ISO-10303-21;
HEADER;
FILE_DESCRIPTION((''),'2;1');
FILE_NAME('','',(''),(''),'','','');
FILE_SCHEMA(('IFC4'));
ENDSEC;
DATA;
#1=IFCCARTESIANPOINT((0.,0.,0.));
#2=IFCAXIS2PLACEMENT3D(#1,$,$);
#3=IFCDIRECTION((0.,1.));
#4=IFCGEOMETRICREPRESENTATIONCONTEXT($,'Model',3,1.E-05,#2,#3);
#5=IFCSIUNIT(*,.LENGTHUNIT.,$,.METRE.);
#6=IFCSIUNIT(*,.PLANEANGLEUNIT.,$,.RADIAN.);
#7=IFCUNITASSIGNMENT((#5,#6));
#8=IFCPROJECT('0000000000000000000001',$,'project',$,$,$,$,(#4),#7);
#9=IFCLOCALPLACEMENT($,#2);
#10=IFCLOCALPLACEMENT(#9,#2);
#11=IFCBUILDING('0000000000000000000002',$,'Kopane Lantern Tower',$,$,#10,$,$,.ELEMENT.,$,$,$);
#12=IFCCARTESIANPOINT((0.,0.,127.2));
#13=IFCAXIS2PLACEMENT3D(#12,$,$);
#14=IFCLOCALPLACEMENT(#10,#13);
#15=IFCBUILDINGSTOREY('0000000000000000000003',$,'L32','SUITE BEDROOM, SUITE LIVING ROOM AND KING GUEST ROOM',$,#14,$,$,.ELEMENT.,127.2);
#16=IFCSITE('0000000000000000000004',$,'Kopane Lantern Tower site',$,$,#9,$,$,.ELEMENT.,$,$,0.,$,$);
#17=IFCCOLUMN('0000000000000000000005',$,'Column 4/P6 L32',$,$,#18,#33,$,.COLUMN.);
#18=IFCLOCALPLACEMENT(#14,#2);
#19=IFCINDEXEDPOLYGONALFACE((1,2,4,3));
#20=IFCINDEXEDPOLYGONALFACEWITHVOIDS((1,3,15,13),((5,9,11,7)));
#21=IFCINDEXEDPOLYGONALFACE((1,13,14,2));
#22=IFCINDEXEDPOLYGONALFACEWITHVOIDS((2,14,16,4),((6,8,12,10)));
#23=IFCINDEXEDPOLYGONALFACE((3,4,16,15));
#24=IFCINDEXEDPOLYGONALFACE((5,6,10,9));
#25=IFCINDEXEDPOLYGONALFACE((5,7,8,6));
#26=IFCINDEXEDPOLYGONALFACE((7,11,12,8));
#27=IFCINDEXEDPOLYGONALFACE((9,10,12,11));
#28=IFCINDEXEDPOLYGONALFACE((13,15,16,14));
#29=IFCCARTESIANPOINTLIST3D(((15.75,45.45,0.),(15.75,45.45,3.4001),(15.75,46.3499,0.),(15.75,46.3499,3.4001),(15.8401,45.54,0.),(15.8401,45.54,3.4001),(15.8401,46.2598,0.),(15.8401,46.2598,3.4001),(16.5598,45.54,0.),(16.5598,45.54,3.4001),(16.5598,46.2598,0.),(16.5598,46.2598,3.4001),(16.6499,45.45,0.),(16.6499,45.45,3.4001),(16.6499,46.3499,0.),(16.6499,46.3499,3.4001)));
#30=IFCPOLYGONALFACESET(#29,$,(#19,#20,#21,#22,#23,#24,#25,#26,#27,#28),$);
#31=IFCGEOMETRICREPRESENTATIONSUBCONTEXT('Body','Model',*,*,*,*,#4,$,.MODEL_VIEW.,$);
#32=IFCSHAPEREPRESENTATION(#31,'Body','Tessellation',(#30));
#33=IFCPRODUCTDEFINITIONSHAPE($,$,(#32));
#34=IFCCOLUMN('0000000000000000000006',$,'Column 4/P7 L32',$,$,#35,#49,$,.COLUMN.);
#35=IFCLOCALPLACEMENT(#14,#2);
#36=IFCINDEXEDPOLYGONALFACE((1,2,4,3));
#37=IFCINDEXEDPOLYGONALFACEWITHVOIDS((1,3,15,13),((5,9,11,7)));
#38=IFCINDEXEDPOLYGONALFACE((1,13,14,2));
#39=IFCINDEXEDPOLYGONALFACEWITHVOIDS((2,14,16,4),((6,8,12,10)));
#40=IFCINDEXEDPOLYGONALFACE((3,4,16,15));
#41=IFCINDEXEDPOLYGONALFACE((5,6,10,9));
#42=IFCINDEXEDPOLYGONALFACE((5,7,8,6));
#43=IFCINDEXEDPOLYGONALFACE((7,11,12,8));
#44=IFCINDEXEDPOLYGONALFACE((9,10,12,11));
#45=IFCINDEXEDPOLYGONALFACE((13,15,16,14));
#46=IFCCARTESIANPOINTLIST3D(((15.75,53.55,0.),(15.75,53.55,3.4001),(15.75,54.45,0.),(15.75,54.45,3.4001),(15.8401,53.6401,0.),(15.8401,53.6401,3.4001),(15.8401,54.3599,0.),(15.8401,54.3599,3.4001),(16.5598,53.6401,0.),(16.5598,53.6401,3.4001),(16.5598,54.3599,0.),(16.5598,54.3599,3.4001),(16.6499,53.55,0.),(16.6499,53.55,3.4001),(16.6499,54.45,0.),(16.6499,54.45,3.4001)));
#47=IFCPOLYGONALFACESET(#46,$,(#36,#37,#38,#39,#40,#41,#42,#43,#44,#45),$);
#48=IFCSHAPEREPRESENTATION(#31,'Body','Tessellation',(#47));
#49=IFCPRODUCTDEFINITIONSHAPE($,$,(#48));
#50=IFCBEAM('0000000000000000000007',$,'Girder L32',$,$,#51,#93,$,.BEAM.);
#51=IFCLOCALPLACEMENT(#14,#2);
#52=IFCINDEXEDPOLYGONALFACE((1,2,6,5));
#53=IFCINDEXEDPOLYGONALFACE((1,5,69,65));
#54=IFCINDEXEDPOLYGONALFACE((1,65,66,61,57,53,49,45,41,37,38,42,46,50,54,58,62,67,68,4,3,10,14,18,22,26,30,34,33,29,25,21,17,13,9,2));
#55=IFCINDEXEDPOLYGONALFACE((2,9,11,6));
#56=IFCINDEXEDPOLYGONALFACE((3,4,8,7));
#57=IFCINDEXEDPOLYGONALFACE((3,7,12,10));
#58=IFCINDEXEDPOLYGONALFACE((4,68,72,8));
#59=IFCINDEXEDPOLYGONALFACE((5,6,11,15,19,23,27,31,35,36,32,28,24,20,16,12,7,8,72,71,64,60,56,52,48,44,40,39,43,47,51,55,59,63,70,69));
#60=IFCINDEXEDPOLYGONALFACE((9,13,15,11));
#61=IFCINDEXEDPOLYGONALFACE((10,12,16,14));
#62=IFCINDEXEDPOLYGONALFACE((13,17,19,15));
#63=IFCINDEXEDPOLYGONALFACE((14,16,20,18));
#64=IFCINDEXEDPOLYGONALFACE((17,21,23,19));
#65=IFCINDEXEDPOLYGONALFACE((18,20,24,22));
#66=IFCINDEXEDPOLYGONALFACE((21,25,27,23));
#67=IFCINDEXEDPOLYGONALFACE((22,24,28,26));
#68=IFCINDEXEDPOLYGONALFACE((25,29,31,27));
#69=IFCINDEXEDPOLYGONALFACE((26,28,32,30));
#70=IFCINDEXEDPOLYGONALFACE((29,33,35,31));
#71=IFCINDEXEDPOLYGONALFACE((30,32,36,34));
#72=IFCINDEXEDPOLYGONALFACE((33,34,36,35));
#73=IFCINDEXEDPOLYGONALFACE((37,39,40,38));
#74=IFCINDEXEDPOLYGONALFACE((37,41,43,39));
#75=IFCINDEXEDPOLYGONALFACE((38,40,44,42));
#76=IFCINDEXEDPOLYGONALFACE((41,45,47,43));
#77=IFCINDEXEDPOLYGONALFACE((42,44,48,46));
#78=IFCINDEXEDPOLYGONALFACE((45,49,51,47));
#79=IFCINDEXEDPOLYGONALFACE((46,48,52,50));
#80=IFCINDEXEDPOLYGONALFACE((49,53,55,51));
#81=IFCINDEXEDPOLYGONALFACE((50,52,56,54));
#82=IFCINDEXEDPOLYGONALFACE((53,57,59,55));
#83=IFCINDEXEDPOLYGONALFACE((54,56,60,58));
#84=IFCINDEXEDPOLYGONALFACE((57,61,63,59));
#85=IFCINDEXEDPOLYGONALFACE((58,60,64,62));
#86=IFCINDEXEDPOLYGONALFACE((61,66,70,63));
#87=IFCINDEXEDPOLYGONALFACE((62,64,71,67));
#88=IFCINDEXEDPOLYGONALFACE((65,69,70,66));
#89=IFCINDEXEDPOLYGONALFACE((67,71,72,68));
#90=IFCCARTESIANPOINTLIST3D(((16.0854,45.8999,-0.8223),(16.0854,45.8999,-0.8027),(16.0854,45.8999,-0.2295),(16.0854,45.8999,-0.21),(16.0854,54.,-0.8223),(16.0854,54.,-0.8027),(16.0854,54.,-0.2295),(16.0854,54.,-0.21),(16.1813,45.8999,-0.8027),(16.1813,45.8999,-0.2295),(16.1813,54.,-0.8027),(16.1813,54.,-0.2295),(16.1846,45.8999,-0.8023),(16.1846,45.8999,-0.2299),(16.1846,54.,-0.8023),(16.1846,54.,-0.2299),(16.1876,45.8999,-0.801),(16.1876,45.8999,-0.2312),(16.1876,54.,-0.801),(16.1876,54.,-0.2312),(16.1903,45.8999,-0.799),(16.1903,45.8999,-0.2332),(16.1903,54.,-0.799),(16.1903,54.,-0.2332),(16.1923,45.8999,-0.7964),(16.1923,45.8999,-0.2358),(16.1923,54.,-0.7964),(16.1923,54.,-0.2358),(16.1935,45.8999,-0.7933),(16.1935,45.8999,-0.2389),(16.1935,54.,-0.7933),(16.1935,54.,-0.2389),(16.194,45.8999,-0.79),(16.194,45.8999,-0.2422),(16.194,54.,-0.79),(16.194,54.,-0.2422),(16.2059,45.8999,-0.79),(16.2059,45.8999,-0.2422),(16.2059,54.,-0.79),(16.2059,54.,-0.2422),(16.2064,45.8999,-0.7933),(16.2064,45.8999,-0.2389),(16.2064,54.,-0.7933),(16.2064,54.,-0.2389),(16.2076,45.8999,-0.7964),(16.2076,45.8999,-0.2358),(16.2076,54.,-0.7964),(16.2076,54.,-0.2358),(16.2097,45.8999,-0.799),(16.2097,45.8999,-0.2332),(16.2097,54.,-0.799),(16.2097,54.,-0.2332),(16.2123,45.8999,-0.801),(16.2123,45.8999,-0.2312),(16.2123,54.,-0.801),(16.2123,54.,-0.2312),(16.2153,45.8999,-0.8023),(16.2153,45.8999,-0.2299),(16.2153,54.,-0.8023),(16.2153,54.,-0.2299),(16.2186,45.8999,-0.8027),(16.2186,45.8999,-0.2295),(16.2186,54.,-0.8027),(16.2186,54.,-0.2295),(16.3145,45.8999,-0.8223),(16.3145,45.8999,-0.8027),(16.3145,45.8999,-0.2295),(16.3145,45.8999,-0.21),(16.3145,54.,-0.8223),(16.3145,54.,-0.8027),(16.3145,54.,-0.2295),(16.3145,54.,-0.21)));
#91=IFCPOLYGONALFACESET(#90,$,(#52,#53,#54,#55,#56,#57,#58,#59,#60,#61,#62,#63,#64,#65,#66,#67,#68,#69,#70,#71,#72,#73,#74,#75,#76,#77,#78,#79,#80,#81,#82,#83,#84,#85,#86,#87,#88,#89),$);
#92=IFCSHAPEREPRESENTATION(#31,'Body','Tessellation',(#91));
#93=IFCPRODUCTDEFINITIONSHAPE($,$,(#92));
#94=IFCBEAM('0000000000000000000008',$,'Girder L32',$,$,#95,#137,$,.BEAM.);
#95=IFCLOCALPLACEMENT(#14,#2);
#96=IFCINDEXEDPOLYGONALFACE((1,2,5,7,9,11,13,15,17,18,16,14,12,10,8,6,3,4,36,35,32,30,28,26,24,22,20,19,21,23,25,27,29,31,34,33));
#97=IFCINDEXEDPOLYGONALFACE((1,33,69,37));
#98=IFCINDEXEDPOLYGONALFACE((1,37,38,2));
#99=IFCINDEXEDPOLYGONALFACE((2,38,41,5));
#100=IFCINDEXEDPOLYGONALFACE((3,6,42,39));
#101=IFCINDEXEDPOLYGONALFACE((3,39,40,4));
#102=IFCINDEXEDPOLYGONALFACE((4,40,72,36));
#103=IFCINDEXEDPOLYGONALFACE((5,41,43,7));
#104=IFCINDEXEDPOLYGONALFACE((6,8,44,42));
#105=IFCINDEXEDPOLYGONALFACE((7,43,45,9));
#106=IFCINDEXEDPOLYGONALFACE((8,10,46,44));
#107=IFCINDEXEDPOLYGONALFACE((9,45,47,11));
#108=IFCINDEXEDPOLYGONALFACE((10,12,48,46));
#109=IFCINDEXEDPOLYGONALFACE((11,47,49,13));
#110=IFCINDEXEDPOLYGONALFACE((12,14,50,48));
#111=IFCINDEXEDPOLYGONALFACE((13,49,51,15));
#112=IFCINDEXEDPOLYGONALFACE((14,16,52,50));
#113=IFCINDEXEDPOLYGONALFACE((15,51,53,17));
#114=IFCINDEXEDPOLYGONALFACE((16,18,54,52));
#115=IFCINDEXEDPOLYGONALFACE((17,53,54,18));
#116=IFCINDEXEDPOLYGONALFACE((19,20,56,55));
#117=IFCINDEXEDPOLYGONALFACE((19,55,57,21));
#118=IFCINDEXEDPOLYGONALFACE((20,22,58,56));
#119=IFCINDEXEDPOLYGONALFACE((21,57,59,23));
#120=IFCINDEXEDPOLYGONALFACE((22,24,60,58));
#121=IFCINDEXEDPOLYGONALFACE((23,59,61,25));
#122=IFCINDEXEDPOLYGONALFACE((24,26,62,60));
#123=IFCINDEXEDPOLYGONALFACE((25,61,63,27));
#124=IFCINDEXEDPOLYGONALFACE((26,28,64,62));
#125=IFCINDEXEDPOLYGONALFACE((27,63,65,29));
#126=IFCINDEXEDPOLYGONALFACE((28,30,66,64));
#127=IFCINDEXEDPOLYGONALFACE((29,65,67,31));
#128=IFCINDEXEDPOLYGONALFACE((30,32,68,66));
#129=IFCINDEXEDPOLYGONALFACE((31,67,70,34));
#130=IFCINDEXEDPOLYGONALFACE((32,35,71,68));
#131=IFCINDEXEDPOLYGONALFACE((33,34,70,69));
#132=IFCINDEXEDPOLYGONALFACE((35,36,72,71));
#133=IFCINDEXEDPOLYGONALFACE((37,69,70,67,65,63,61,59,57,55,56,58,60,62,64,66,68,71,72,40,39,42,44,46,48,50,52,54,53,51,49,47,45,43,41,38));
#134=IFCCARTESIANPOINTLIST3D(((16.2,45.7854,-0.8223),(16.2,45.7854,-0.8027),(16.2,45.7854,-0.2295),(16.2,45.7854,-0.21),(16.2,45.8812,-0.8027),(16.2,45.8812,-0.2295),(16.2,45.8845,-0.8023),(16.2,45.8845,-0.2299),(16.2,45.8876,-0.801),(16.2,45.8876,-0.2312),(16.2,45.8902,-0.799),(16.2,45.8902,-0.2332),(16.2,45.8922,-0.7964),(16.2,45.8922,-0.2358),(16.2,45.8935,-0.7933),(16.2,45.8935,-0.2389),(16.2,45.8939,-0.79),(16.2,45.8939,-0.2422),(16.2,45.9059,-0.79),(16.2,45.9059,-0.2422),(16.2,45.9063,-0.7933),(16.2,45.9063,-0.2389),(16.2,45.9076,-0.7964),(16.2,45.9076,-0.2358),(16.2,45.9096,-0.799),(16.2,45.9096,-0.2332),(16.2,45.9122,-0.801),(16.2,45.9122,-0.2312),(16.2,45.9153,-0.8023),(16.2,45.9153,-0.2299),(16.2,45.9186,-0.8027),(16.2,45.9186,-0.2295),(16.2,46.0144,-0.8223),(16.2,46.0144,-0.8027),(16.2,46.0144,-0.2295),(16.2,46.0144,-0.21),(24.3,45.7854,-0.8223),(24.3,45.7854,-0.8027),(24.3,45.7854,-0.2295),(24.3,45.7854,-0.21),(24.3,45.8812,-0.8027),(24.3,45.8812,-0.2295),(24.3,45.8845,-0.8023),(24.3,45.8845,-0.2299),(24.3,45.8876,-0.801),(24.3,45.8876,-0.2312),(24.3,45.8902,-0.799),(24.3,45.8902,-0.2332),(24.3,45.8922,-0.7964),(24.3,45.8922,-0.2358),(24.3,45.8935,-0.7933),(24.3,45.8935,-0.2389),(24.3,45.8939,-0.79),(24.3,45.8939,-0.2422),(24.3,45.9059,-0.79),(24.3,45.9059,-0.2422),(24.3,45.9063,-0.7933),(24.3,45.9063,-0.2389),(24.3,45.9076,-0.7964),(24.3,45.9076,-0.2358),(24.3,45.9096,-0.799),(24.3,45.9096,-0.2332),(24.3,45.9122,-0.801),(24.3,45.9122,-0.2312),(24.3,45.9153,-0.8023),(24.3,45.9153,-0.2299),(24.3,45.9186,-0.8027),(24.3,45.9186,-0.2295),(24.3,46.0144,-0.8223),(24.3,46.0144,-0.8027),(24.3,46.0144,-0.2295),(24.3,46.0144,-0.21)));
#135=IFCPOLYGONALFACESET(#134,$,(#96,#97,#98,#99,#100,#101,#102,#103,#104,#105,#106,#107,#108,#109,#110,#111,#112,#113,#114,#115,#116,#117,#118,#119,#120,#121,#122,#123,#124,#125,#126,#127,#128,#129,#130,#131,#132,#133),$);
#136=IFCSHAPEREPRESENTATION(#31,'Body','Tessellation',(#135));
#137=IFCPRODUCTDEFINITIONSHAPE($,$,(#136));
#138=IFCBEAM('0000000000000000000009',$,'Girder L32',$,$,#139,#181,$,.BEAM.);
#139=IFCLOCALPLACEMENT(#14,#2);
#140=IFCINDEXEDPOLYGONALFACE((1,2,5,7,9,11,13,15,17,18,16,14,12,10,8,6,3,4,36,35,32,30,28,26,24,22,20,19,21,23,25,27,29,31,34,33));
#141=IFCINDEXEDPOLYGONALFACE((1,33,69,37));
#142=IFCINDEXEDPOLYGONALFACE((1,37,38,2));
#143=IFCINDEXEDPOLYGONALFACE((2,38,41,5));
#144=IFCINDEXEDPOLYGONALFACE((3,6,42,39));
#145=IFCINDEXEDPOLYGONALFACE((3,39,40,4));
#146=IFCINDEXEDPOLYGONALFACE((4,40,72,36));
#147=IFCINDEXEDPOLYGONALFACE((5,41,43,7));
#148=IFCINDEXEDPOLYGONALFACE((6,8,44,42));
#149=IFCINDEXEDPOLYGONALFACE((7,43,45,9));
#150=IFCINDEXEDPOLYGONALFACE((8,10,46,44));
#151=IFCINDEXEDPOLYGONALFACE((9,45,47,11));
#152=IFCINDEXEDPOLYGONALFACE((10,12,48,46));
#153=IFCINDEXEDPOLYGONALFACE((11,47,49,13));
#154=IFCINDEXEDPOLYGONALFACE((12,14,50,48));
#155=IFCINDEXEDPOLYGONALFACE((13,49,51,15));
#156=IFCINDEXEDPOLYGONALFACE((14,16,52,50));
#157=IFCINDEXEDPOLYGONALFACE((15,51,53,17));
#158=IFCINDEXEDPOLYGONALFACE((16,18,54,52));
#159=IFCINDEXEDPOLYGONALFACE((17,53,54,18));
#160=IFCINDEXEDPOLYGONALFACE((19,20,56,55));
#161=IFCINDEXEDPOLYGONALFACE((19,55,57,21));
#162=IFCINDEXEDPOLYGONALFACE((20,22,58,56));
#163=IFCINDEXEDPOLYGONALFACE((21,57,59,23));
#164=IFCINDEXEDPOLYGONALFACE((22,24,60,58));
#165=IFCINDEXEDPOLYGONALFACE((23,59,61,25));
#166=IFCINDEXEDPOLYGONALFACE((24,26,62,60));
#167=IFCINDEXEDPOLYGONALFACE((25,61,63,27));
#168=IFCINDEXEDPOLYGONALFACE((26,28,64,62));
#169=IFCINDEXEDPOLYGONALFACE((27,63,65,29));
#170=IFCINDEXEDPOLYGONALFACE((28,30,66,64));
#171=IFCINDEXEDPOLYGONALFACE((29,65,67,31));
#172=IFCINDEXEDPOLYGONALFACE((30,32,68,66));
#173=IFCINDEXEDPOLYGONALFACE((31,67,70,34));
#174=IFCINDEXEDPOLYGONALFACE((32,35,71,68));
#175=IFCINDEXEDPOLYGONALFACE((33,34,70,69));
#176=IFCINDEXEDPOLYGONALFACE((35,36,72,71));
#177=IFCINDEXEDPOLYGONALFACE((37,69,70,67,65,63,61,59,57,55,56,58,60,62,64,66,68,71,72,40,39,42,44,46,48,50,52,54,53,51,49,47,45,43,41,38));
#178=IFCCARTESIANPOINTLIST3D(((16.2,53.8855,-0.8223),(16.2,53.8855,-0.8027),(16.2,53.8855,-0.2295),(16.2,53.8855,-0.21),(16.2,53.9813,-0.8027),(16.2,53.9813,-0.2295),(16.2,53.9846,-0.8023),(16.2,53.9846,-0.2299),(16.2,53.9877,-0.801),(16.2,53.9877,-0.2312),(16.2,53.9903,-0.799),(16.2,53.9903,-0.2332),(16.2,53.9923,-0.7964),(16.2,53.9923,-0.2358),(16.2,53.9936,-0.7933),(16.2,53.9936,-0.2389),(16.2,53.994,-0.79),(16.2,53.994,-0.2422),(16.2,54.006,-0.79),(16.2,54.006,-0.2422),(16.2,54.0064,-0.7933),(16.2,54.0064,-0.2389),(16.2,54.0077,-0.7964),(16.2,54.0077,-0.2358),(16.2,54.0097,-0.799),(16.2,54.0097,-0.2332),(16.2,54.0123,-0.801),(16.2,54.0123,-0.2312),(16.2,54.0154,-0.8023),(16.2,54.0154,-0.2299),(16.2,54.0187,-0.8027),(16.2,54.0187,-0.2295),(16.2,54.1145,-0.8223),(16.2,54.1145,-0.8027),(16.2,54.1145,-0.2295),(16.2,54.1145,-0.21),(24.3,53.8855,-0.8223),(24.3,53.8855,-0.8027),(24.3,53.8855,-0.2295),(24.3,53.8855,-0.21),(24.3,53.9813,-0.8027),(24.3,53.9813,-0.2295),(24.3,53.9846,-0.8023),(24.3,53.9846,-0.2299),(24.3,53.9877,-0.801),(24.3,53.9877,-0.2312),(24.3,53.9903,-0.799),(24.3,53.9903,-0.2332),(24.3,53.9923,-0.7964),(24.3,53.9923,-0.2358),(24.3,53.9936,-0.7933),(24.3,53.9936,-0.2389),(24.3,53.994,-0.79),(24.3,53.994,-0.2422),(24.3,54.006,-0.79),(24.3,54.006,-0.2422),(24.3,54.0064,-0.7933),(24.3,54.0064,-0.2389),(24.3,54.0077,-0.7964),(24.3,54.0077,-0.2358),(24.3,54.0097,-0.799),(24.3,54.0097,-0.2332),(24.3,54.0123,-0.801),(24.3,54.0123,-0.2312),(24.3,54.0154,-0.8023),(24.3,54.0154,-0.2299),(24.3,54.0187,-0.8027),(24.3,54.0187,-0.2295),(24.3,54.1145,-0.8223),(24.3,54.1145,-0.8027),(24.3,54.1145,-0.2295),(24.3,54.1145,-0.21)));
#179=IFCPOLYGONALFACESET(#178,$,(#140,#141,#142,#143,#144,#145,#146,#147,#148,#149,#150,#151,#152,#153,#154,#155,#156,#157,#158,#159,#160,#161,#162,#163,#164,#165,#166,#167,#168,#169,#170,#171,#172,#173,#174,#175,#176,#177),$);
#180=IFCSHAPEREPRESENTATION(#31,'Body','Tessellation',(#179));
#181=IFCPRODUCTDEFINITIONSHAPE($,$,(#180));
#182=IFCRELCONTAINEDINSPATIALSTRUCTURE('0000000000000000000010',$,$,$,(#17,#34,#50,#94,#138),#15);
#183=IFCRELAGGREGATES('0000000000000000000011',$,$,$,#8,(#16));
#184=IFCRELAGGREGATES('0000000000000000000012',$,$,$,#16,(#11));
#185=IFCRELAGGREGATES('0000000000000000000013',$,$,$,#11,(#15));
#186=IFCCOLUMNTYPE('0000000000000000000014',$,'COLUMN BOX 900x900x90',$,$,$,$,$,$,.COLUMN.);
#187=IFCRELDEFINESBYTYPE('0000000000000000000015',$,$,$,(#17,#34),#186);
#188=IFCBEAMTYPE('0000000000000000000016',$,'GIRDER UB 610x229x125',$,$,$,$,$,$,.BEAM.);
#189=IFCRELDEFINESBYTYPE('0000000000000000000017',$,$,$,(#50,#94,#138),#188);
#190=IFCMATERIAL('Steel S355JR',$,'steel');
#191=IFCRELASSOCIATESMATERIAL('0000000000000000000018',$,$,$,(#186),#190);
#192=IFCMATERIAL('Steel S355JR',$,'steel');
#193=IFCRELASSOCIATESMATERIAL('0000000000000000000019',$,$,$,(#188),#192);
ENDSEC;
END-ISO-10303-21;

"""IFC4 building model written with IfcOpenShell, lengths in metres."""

from ifc_helpers import new_model, si_unit, direction, frame, origin, origin_2d, place, context, subcontext, project, spatial, hollow_rectangle, i_section, extrude, material, material_profile, profile_set, type_object, element, save


model = new_model("IFC4")

# Units and contexts
model_context = context("Model", 3, precision=1e-05, world=origin(), true_north=direction((0.0, 1.0)))
body_context = subcontext(model_context, "Body", "Model", "MODEL_VIEW")
ifc_project = project(units=[si_unit("LENGTHUNIT", "METRE"), si_unit("PLANEANGLEUNIT", "RADIAN")], contexts=[model_context])

# Site, building, storey
site_placement = place(None, origin())
site = spatial("IfcSite", under=ifc_project, at=site_placement, Name="Kopane Lantern Tower site", CompositionType="ELEMENT", RefElevation=0.0)
building_placement = place(site_placement, origin())
building = spatial("IfcBuilding", under=site, at=building_placement, Name="Kopane Lantern Tower", CompositionType="ELEMENT")
storey_placement = place(building_placement, frame((0.0, 0.0, 127.2)))
storey = spatial("IfcBuildingStorey", under=building, at=storey_placement, Name="L32", Description="SUITE BEDROOM, SUITE LIVING ROOM AND KING GUEST ROOM", CompositionType="ELEMENT", Elevation=127.2)

# Columns
ifc_material_1 = material(Name="Steel S355JR", Category="steel")
ifc_material_profile_1 = material_profile(ifc_material_1, hollow_rectangle(XDim=0.8999, YDim=0.8999, WallThickness=0.0901, at=origin_2d()), Name="BOX 900x900x90")
ifc_profile_set_1 = profile_set([ifc_material_profile_1], Name="Steel S355JR")
column_type = type_object("IfcColumnType", Name="COLUMN BOX 900x900x90", PredefinedType="COLUMN", material=ifc_profile_set_1)
for number, where, z_axis, x_axis, name in (
    (1, (16.2, 45.8999, 0.0), (0.0, 0.0, 1.0), (1.0, 0.0, 0.0), "Column 4/P6 L32"),
    (2, (16.2, 54.0, 0.0), (0.0, 0.0, 1.0), (1.0, 0.0, 0.0), "Column 4/P7 L32"),
):
    element("IfcColumn", number, at=place(storey_placement, frame(where, z_axis=z_axis, x_axis=x_axis)), inside=storey, type_object=column_type, Name=name, PredefinedType="COLUMN", context=body_context, shape_type="SweptSolid", body=[
        extrude(hollow_rectangle(XDim=0.8999, YDim=0.8999, WallThickness=0.0901, at=origin_2d()), origin(), (0.0, 0.0, 1.0), 3.4001),
    ])

# Beams
ifc_material_2 = material(Name="Steel S355JR", Category="steel")
ifc_material_profile_2 = material_profile(ifc_material_2, i_section(OverallWidth=0.229, OverallDepth=0.6123, WebThickness=0.012, FlangeThickness=0.0195, FilletRadius=0.0127, at=origin_2d()), Name="UB 610x229x125")
ifc_profile_set_2 = profile_set([ifc_material_profile_2], Name="Steel S355JR")
beam_type = type_object("IfcBeamType", Name="GIRDER UB 610x229x125", PredefinedType="BEAM", material=ifc_profile_set_2)
for number, where, z_axis, x_axis, name in (
    (3, (16.2, 45.8999, -0.5161), (0.0, 1.0, 0.0), (-1.0, 0.0, 0.0), "Girder L32"),
    (4, (16.2, 45.8999, -0.5161), (1.0, 0.0, 0.0), (0.0, 1.0, 0.0), "Girder L32"),
    (5, (16.2, 54.0, -0.5161), (1.0, 0.0, 0.0), (0.0, 1.0, 0.0), "Girder L32"),
):
    element("IfcBeam", number, at=place(storey_placement, frame(where, z_axis=z_axis, x_axis=x_axis)), inside=storey, type_object=beam_type, Name=name, PredefinedType="BEAM", context=body_context, shape_type="SweptSolid", body=[
        extrude(i_section(OverallWidth=0.229, OverallDepth=0.6123, WebThickness=0.012, FlangeThickness=0.0195, FilletRadius=0.0127, at=origin_2d()), origin(), (0.0, 0.0, 1.0), 8.1001),
    ])

save(model, "model.ifc")
